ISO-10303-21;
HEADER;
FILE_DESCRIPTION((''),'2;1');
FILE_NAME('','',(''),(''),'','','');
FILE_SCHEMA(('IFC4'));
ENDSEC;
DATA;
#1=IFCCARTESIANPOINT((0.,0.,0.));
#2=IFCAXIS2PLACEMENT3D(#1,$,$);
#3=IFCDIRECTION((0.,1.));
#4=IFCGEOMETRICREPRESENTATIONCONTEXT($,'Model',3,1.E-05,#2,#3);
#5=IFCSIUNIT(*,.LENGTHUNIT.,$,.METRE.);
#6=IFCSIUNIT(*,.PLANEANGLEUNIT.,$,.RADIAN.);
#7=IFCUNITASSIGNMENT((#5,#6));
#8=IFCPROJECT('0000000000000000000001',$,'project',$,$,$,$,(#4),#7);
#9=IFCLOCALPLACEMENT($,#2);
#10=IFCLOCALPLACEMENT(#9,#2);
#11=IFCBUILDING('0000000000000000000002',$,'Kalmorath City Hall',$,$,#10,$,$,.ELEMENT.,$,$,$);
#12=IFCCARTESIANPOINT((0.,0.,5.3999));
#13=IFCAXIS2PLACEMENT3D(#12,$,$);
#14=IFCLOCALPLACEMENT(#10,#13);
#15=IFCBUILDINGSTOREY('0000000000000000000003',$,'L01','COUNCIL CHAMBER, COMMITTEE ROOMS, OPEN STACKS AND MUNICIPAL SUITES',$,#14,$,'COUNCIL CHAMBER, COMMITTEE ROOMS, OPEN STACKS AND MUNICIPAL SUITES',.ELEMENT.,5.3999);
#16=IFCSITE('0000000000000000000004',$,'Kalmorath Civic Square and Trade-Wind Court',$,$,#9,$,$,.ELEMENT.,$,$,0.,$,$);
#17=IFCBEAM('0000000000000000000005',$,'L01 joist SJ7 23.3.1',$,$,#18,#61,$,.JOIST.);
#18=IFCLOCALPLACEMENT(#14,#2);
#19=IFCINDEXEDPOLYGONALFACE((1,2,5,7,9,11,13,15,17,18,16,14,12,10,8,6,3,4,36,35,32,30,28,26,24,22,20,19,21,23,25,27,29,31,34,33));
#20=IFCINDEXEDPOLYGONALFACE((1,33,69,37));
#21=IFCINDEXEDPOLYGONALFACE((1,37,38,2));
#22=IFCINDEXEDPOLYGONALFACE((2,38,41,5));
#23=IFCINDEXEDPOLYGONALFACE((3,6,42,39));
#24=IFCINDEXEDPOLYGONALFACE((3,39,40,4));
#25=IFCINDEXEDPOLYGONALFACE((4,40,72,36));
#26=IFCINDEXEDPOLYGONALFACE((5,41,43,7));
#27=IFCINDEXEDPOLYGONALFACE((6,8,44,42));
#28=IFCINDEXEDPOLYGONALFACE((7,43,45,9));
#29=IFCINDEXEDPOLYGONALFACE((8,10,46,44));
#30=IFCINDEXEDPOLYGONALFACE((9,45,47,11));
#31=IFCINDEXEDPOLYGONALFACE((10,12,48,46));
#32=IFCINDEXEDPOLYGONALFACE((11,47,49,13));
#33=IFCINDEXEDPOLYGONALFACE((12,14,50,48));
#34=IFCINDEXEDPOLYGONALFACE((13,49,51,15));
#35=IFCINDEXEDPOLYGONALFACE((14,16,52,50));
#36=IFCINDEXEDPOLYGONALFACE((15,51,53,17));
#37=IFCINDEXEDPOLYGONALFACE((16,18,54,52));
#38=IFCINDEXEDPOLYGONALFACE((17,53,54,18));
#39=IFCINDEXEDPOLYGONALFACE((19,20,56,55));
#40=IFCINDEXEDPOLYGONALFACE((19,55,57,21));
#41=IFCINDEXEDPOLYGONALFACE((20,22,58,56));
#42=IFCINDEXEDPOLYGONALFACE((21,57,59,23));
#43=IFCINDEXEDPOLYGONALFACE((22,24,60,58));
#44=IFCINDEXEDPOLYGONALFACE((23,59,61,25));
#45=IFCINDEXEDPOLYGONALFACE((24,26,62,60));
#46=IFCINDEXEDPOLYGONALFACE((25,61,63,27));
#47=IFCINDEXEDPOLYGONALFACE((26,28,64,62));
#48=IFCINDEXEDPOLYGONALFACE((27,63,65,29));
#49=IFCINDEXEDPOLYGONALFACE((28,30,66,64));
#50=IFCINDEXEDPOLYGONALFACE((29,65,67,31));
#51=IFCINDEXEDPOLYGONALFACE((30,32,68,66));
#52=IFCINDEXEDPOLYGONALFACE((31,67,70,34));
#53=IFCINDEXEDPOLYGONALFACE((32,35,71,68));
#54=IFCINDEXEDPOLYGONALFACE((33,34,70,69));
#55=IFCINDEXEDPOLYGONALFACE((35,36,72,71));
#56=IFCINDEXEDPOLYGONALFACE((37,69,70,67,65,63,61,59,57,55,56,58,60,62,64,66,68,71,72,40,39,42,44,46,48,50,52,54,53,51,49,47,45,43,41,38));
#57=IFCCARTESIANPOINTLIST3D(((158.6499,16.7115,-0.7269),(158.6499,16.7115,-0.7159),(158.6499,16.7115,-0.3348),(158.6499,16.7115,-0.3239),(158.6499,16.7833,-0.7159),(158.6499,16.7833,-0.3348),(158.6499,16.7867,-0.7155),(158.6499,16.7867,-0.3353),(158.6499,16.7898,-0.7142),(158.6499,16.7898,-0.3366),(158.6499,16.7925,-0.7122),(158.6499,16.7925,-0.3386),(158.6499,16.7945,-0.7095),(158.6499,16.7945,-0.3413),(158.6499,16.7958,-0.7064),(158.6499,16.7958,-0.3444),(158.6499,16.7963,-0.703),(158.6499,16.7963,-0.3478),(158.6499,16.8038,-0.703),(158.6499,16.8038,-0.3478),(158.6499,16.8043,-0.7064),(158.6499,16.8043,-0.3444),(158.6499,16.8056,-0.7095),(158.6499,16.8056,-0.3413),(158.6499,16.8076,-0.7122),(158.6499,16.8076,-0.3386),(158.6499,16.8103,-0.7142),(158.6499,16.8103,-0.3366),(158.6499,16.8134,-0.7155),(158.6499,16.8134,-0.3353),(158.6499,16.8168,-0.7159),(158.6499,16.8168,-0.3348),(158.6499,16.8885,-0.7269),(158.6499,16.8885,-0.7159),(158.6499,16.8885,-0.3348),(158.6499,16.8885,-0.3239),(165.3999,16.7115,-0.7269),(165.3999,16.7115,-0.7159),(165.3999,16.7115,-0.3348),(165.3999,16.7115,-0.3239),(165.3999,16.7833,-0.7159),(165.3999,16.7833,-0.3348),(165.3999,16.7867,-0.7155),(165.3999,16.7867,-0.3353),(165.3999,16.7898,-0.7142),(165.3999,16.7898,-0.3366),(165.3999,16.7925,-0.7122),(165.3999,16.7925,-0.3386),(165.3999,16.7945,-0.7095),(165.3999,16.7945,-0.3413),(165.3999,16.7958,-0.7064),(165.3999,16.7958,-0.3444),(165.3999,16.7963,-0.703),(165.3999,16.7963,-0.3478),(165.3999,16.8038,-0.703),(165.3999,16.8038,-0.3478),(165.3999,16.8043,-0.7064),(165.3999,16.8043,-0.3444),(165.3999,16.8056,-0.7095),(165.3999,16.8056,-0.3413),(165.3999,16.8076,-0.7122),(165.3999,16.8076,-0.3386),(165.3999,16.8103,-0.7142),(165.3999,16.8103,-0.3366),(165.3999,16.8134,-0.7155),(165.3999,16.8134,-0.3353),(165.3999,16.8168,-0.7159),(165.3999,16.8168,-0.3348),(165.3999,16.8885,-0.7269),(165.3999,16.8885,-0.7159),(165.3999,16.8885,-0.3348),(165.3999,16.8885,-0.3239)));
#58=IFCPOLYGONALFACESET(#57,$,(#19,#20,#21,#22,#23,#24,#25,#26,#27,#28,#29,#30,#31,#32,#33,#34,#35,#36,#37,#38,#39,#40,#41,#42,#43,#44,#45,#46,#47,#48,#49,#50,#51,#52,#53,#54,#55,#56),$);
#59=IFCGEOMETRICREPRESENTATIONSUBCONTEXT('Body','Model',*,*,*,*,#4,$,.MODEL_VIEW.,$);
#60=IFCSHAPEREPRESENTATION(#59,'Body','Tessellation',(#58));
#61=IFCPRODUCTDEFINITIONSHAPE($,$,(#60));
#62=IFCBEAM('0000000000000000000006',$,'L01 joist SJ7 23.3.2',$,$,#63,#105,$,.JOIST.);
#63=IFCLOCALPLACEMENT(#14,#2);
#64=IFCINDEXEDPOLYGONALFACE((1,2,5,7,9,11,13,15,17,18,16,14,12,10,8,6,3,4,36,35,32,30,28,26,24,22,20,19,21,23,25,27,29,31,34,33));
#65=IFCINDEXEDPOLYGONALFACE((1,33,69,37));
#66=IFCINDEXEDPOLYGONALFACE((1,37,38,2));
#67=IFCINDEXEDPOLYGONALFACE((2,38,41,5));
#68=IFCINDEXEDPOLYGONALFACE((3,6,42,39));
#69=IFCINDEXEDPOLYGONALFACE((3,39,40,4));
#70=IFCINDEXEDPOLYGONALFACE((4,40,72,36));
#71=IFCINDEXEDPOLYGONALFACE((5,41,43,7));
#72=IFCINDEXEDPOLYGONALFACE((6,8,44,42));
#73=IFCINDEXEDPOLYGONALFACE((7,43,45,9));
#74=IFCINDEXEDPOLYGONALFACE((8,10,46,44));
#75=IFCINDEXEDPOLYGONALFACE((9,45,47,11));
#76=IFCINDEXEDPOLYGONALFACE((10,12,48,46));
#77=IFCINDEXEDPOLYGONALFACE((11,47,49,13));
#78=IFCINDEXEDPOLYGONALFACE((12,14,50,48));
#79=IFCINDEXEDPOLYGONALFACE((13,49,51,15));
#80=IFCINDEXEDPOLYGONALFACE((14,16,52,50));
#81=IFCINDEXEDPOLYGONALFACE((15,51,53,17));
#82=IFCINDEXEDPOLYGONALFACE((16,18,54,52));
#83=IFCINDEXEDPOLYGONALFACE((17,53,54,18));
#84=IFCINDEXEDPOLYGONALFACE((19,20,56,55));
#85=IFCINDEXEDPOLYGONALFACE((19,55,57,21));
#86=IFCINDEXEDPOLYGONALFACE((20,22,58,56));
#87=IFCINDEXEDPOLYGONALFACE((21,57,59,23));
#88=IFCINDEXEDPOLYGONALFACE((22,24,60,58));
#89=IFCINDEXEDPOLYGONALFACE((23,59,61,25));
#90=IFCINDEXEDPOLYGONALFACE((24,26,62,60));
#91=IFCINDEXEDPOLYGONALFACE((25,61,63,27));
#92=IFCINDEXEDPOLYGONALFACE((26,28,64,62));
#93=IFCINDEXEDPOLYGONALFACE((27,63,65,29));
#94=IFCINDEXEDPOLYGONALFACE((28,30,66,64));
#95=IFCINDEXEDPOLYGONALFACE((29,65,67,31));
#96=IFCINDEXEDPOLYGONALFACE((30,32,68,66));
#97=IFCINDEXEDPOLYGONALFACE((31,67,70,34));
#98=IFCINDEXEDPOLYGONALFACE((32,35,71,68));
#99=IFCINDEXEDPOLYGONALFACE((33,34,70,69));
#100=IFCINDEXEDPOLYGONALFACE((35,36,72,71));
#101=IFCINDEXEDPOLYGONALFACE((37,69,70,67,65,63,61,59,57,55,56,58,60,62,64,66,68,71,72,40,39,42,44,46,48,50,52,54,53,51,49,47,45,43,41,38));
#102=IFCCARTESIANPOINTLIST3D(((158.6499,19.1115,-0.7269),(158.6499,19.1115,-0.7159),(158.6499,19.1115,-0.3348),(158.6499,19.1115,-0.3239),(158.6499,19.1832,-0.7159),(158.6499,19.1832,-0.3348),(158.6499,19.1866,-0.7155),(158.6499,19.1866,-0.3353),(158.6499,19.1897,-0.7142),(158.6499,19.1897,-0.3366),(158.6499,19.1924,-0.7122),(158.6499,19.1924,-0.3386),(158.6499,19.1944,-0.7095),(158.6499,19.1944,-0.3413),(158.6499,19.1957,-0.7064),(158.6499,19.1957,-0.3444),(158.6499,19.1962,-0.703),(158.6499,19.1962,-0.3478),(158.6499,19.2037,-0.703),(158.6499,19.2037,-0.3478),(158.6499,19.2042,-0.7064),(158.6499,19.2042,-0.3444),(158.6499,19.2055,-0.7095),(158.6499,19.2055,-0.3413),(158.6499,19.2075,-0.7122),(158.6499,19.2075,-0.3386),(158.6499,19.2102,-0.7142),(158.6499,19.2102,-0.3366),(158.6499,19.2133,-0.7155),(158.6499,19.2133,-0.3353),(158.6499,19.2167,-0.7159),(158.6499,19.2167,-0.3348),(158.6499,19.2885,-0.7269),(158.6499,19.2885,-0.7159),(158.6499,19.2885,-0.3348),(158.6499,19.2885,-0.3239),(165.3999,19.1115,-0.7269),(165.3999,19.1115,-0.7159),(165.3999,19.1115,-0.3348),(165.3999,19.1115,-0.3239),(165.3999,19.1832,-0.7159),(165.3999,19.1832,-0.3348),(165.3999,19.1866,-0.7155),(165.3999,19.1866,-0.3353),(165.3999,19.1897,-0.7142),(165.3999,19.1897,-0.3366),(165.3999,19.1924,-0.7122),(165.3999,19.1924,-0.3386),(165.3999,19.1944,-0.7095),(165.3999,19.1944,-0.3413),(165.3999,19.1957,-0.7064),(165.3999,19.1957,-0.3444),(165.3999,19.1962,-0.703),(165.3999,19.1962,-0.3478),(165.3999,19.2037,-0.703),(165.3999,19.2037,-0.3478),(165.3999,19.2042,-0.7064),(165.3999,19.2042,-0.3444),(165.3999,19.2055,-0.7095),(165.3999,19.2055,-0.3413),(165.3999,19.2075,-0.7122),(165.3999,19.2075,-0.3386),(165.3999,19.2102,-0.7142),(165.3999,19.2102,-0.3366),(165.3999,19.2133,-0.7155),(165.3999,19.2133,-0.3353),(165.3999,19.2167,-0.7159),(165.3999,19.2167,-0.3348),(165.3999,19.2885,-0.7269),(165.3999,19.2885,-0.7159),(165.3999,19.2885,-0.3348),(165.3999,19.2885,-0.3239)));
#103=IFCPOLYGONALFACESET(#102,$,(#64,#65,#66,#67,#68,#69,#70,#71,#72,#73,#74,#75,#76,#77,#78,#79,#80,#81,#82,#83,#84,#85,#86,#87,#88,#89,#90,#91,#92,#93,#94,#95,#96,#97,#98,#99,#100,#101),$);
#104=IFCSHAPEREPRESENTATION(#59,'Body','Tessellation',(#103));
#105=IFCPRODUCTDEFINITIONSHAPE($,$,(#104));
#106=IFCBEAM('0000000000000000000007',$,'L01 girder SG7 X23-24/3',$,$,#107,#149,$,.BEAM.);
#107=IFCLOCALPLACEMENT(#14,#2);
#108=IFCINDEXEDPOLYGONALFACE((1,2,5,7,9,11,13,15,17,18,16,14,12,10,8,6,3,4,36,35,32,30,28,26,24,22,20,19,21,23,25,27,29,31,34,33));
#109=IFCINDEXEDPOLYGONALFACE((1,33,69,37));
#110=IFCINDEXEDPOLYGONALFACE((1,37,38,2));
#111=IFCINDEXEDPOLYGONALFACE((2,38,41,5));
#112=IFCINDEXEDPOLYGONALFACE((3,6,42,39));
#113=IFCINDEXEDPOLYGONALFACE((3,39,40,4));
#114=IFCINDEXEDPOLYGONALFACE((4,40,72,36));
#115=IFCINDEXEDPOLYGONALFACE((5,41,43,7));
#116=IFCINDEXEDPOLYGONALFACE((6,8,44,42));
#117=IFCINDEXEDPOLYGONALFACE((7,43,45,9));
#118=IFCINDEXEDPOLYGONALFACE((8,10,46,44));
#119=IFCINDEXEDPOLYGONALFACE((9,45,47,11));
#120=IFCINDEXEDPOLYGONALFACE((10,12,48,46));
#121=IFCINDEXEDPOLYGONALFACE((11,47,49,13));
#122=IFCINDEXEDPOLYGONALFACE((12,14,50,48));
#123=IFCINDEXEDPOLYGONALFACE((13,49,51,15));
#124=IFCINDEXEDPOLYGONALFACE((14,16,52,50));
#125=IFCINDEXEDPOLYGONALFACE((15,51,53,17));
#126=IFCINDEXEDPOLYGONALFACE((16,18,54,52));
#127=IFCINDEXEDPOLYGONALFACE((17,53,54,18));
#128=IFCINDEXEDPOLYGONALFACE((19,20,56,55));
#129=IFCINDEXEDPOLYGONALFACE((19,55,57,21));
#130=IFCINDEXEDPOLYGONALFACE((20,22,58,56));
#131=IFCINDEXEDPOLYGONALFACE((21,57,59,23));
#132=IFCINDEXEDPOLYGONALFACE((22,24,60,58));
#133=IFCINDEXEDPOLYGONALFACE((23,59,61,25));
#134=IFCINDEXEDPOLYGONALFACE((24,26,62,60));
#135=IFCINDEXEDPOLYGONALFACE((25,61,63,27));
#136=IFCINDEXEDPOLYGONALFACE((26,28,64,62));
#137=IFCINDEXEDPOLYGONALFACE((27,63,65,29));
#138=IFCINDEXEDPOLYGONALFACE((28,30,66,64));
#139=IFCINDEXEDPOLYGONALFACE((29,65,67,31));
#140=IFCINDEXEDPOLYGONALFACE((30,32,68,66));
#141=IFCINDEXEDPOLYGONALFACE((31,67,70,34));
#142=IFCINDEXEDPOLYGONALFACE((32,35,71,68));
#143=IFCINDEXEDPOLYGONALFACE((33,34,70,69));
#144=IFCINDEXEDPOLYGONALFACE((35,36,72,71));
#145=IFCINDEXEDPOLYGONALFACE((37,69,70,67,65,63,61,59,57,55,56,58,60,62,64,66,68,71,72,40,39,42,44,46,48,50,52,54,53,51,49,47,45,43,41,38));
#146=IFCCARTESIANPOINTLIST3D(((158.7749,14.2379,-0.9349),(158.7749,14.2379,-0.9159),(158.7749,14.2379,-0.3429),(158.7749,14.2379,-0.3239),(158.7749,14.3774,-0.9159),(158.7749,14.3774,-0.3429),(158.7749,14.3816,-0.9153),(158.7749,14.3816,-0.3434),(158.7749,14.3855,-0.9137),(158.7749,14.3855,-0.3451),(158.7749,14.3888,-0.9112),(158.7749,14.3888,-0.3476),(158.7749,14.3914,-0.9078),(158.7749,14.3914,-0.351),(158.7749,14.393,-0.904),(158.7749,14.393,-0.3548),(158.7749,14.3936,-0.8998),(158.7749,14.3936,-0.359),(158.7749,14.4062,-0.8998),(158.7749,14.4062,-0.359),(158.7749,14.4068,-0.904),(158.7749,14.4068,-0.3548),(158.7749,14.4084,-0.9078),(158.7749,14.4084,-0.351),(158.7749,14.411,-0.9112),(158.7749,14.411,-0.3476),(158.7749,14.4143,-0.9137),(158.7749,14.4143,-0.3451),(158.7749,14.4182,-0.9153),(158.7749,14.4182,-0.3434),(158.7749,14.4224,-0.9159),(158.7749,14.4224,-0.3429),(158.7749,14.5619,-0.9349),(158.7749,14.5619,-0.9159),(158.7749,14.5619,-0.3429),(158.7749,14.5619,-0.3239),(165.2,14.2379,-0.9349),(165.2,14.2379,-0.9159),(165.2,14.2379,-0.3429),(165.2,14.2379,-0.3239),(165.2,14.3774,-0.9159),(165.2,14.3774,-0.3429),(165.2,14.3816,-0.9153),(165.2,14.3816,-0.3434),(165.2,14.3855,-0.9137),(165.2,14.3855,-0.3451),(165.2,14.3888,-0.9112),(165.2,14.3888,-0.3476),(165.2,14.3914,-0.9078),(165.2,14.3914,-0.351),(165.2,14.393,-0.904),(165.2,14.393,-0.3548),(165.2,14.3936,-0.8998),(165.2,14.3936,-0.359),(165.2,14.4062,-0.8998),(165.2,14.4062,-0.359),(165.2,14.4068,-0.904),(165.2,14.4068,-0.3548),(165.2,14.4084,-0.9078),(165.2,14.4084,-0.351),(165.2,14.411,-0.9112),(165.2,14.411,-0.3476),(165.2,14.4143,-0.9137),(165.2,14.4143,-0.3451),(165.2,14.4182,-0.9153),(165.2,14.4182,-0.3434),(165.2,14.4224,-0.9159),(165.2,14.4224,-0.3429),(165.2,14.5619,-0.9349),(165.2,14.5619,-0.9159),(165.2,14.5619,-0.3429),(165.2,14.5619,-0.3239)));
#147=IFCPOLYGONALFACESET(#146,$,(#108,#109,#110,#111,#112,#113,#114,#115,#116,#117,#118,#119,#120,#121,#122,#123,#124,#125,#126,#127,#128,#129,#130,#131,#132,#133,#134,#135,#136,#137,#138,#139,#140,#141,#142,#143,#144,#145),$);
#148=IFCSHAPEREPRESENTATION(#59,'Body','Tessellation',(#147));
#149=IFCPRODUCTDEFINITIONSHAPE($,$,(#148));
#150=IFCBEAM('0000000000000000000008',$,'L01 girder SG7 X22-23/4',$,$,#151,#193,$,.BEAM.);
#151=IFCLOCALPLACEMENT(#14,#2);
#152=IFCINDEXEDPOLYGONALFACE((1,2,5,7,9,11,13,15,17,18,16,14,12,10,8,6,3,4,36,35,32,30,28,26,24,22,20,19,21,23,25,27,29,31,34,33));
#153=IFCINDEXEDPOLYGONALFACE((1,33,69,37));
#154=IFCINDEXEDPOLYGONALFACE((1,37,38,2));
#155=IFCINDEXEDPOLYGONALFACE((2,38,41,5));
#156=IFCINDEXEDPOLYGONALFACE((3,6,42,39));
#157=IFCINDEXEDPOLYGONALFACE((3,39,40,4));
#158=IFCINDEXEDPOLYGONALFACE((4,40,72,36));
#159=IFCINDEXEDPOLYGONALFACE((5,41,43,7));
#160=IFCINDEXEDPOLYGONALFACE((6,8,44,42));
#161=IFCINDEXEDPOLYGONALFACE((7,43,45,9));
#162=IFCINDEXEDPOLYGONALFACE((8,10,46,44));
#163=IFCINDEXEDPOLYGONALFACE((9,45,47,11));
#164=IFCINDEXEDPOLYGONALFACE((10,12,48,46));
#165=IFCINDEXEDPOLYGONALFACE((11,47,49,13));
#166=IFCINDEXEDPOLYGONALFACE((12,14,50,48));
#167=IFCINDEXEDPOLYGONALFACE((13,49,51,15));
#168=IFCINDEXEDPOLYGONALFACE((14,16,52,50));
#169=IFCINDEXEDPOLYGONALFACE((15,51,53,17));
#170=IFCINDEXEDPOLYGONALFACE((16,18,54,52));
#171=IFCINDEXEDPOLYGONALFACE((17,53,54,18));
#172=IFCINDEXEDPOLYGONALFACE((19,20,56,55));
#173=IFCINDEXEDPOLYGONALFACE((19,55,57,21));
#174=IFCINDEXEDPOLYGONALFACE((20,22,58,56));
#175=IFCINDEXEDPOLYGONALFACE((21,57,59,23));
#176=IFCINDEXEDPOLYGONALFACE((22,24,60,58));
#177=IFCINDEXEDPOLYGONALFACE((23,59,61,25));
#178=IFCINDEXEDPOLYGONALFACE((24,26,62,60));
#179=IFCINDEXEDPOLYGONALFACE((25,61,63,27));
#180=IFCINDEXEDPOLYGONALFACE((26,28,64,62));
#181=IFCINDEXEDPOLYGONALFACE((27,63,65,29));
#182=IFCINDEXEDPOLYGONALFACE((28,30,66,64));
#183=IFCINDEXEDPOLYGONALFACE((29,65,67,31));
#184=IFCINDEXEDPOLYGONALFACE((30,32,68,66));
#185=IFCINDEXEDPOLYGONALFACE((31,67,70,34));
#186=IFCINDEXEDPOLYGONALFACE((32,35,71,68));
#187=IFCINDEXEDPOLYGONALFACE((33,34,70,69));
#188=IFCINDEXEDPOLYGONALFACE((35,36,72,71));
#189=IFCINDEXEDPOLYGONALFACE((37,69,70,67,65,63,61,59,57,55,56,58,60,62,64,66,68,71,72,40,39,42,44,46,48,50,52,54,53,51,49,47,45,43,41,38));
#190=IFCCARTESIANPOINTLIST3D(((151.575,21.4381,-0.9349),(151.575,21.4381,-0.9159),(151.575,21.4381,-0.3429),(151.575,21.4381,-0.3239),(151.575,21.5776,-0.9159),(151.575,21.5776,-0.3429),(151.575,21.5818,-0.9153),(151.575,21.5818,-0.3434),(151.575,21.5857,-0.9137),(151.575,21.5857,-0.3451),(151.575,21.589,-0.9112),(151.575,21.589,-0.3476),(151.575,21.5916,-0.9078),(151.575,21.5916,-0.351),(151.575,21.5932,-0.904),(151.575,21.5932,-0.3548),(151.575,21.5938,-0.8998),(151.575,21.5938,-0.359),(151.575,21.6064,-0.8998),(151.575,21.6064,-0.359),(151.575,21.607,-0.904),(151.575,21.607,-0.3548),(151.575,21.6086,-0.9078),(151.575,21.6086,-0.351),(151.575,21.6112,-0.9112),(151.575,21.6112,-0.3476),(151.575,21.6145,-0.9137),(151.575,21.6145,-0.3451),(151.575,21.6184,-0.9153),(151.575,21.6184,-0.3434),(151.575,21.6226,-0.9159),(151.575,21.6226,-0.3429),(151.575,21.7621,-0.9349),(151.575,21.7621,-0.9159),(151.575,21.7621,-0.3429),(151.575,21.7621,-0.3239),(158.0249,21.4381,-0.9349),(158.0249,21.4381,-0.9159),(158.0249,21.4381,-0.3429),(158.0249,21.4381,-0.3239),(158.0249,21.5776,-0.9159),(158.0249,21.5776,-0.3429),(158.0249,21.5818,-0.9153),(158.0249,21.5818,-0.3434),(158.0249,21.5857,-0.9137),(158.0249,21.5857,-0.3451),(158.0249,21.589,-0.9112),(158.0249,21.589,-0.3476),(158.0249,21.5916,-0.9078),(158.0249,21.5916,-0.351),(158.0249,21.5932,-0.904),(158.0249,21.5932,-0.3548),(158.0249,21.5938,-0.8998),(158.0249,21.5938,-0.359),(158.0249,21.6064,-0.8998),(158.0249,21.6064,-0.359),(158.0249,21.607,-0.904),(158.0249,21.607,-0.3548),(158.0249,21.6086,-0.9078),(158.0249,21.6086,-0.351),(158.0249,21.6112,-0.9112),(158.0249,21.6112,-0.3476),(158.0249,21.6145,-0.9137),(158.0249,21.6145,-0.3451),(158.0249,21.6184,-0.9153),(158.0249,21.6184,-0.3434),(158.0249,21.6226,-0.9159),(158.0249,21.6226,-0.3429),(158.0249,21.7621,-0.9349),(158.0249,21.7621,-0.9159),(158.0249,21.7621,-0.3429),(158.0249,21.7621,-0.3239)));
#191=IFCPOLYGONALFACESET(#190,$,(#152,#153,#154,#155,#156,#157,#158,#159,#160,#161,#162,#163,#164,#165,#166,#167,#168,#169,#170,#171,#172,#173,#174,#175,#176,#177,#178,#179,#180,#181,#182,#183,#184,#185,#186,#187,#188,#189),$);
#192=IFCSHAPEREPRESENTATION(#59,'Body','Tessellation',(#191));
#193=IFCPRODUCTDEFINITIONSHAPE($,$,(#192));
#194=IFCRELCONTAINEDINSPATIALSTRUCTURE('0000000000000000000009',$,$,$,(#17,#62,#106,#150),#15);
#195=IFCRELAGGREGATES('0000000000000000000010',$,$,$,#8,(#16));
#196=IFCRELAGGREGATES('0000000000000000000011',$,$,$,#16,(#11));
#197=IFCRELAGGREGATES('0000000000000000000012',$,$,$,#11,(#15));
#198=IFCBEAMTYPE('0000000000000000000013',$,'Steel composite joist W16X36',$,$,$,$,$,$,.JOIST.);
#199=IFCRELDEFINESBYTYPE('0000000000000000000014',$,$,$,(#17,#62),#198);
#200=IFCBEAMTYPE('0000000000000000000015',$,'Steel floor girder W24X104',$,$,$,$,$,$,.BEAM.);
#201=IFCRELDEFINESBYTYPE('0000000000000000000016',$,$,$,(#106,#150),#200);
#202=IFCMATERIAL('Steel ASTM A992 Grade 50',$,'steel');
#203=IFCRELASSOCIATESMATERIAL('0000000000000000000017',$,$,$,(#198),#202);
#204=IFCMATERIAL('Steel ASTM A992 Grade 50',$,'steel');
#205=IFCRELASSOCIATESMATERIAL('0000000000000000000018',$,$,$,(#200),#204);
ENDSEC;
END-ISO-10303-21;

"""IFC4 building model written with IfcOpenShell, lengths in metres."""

from ifc_helpers import new_model, si_unit, direction, frame, origin, origin_2d, place, context, subcontext, project, spatial, i_section, extrude, material, material_profile, profile_set, type_object, element, save


model = new_model("IFC4")

# Units and contexts
model_context = context("Model", 3, precision=1e-05, world=origin(), true_north=direction((0.0, 1.0)))
body_context = subcontext(model_context, "Body", "Model", "MODEL_VIEW")
ifc_project = project(units=[si_unit("LENGTHUNIT", "METRE"), si_unit("PLANEANGLEUNIT", "RADIAN")], contexts=[model_context])

# Site, building, storey
site_placement = place(None, origin())
site = spatial("IfcSite", under=ifc_project, at=site_placement, Name="Kalmorath Civic Square and Trade-Wind Court", CompositionType="ELEMENT", RefElevation=0.0)
building_placement = place(site_placement, origin())
building = spatial("IfcBuilding", under=site, at=building_placement, Name="Kalmorath City Hall", CompositionType="ELEMENT")
storey_placement = place(building_placement, frame((0.0, 0.0, 5.3999)))
storey = spatial("IfcBuildingStorey", under=building, at=storey_placement, Name="L01", Description="COUNCIL CHAMBER, COMMITTEE ROOMS, OPEN STACKS AND MUNICIPAL SUITES", LongName="COUNCIL CHAMBER, COMMITTEE ROOMS, OPEN STACKS AND MUNICIPAL SUITES", CompositionType="ELEMENT", Elevation=5.3999)

# Beams
ifc_material_1 = material(Name="Steel ASTM A992 Grade 50", Category="steel")
ifc_material_profile_1 = material_profile(ifc_material_1, i_section(OverallWidth=0.177, OverallDepth=0.4031, WebThickness=0.0076, FlangeThickness=0.011, FilletRadius=0.0129, at=origin_2d()), Name="W16X36")
ifc_profile_set_1 = profile_set([ifc_material_profile_1], Name="Steel ASTM A992 Grade 50")
beam_type_1 = type_object("IfcBeamType", Name="Steel composite joist W16X36", PredefinedType="JOIST", material=ifc_profile_set_1)
for number, where, z_axis, x_axis, name in (
    (1, (158.6499, 16.8, -0.5254), (1.0, 0.0, 0.0), (0.0, 1.0, 0.0), "L01 joist SJ7 23.3.1"),
    (2, (158.6499, 19.2, -0.5254), (1.0, 0.0, 0.0), (0.0, 1.0, 0.0), "L01 joist SJ7 23.3.2"),
):
    element("IfcBeam", number, at=place(storey_placement, frame(where, z_axis=z_axis, x_axis=x_axis)), inside=storey, type_object=beam_type_1, Name=name, PredefinedType="JOIST", context=body_context, shape_type="SweptSolid", body=[
        extrude(i_section(OverallWidth=0.177, OverallDepth=0.4031, WebThickness=0.0076, FlangeThickness=0.011, FilletRadius=0.0129, at=origin_2d()), origin(), (0.0, 0.0, 1.0), 6.75),
    ])
ifc_material_2 = material(Name="Steel ASTM A992 Grade 50", Category="steel")
ifc_material_profile_2 = material_profile(ifc_material_2, i_section(OverallWidth=0.324, OverallDepth=0.6111, WebThickness=0.0127, FlangeThickness=0.019, FilletRadius=0.0161, at=origin_2d()), Name="W24X104")
ifc_profile_set_2 = profile_set([ifc_material_profile_2], Name="Steel ASTM A992 Grade 50")
beam_type_2 = type_object("IfcBeamType", Name="Steel floor girder W24X104", PredefinedType="BEAM", material=ifc_profile_set_2)
beam_1_placement = place(storey_placement, frame((158.7749, 14.3999, -0.6294), z_axis=(1.0, 0.0, 0.0), x_axis=(0.0, 1.0, 0.0)))
element("IfcBeam", 3, at=beam_1_placement, inside=storey, type_object=beam_type_2, Name="L01 girder SG7 X23-24/3", PredefinedType="BEAM", context=body_context, shape_type="SweptSolid", body=[
    extrude(i_section(OverallWidth=0.324, OverallDepth=0.6111, WebThickness=0.0127, FlangeThickness=0.019, FilletRadius=0.0161, at=origin_2d()), origin(), (0.0, 0.0, 1.0), 6.425),
])
beam_2_placement = place(storey_placement, frame((151.575, 21.6001, -0.6294), z_axis=(1.0, 0.0, 0.0), x_axis=(0.0, 1.0, 0.0)))
element("IfcBeam", 4, at=beam_2_placement, inside=storey, type_object=beam_type_2, Name="L01 girder SG7 X22-23/4", PredefinedType="BEAM", context=body_context, shape_type="SweptSolid", body=[
    extrude(i_section(OverallWidth=0.324, OverallDepth=0.6111, WebThickness=0.0127, FlangeThickness=0.019, FilletRadius=0.0161, at=origin_2d()), origin(), (0.0, 0.0, 1.0), 6.45),
])

save(model, "model.ifc")
